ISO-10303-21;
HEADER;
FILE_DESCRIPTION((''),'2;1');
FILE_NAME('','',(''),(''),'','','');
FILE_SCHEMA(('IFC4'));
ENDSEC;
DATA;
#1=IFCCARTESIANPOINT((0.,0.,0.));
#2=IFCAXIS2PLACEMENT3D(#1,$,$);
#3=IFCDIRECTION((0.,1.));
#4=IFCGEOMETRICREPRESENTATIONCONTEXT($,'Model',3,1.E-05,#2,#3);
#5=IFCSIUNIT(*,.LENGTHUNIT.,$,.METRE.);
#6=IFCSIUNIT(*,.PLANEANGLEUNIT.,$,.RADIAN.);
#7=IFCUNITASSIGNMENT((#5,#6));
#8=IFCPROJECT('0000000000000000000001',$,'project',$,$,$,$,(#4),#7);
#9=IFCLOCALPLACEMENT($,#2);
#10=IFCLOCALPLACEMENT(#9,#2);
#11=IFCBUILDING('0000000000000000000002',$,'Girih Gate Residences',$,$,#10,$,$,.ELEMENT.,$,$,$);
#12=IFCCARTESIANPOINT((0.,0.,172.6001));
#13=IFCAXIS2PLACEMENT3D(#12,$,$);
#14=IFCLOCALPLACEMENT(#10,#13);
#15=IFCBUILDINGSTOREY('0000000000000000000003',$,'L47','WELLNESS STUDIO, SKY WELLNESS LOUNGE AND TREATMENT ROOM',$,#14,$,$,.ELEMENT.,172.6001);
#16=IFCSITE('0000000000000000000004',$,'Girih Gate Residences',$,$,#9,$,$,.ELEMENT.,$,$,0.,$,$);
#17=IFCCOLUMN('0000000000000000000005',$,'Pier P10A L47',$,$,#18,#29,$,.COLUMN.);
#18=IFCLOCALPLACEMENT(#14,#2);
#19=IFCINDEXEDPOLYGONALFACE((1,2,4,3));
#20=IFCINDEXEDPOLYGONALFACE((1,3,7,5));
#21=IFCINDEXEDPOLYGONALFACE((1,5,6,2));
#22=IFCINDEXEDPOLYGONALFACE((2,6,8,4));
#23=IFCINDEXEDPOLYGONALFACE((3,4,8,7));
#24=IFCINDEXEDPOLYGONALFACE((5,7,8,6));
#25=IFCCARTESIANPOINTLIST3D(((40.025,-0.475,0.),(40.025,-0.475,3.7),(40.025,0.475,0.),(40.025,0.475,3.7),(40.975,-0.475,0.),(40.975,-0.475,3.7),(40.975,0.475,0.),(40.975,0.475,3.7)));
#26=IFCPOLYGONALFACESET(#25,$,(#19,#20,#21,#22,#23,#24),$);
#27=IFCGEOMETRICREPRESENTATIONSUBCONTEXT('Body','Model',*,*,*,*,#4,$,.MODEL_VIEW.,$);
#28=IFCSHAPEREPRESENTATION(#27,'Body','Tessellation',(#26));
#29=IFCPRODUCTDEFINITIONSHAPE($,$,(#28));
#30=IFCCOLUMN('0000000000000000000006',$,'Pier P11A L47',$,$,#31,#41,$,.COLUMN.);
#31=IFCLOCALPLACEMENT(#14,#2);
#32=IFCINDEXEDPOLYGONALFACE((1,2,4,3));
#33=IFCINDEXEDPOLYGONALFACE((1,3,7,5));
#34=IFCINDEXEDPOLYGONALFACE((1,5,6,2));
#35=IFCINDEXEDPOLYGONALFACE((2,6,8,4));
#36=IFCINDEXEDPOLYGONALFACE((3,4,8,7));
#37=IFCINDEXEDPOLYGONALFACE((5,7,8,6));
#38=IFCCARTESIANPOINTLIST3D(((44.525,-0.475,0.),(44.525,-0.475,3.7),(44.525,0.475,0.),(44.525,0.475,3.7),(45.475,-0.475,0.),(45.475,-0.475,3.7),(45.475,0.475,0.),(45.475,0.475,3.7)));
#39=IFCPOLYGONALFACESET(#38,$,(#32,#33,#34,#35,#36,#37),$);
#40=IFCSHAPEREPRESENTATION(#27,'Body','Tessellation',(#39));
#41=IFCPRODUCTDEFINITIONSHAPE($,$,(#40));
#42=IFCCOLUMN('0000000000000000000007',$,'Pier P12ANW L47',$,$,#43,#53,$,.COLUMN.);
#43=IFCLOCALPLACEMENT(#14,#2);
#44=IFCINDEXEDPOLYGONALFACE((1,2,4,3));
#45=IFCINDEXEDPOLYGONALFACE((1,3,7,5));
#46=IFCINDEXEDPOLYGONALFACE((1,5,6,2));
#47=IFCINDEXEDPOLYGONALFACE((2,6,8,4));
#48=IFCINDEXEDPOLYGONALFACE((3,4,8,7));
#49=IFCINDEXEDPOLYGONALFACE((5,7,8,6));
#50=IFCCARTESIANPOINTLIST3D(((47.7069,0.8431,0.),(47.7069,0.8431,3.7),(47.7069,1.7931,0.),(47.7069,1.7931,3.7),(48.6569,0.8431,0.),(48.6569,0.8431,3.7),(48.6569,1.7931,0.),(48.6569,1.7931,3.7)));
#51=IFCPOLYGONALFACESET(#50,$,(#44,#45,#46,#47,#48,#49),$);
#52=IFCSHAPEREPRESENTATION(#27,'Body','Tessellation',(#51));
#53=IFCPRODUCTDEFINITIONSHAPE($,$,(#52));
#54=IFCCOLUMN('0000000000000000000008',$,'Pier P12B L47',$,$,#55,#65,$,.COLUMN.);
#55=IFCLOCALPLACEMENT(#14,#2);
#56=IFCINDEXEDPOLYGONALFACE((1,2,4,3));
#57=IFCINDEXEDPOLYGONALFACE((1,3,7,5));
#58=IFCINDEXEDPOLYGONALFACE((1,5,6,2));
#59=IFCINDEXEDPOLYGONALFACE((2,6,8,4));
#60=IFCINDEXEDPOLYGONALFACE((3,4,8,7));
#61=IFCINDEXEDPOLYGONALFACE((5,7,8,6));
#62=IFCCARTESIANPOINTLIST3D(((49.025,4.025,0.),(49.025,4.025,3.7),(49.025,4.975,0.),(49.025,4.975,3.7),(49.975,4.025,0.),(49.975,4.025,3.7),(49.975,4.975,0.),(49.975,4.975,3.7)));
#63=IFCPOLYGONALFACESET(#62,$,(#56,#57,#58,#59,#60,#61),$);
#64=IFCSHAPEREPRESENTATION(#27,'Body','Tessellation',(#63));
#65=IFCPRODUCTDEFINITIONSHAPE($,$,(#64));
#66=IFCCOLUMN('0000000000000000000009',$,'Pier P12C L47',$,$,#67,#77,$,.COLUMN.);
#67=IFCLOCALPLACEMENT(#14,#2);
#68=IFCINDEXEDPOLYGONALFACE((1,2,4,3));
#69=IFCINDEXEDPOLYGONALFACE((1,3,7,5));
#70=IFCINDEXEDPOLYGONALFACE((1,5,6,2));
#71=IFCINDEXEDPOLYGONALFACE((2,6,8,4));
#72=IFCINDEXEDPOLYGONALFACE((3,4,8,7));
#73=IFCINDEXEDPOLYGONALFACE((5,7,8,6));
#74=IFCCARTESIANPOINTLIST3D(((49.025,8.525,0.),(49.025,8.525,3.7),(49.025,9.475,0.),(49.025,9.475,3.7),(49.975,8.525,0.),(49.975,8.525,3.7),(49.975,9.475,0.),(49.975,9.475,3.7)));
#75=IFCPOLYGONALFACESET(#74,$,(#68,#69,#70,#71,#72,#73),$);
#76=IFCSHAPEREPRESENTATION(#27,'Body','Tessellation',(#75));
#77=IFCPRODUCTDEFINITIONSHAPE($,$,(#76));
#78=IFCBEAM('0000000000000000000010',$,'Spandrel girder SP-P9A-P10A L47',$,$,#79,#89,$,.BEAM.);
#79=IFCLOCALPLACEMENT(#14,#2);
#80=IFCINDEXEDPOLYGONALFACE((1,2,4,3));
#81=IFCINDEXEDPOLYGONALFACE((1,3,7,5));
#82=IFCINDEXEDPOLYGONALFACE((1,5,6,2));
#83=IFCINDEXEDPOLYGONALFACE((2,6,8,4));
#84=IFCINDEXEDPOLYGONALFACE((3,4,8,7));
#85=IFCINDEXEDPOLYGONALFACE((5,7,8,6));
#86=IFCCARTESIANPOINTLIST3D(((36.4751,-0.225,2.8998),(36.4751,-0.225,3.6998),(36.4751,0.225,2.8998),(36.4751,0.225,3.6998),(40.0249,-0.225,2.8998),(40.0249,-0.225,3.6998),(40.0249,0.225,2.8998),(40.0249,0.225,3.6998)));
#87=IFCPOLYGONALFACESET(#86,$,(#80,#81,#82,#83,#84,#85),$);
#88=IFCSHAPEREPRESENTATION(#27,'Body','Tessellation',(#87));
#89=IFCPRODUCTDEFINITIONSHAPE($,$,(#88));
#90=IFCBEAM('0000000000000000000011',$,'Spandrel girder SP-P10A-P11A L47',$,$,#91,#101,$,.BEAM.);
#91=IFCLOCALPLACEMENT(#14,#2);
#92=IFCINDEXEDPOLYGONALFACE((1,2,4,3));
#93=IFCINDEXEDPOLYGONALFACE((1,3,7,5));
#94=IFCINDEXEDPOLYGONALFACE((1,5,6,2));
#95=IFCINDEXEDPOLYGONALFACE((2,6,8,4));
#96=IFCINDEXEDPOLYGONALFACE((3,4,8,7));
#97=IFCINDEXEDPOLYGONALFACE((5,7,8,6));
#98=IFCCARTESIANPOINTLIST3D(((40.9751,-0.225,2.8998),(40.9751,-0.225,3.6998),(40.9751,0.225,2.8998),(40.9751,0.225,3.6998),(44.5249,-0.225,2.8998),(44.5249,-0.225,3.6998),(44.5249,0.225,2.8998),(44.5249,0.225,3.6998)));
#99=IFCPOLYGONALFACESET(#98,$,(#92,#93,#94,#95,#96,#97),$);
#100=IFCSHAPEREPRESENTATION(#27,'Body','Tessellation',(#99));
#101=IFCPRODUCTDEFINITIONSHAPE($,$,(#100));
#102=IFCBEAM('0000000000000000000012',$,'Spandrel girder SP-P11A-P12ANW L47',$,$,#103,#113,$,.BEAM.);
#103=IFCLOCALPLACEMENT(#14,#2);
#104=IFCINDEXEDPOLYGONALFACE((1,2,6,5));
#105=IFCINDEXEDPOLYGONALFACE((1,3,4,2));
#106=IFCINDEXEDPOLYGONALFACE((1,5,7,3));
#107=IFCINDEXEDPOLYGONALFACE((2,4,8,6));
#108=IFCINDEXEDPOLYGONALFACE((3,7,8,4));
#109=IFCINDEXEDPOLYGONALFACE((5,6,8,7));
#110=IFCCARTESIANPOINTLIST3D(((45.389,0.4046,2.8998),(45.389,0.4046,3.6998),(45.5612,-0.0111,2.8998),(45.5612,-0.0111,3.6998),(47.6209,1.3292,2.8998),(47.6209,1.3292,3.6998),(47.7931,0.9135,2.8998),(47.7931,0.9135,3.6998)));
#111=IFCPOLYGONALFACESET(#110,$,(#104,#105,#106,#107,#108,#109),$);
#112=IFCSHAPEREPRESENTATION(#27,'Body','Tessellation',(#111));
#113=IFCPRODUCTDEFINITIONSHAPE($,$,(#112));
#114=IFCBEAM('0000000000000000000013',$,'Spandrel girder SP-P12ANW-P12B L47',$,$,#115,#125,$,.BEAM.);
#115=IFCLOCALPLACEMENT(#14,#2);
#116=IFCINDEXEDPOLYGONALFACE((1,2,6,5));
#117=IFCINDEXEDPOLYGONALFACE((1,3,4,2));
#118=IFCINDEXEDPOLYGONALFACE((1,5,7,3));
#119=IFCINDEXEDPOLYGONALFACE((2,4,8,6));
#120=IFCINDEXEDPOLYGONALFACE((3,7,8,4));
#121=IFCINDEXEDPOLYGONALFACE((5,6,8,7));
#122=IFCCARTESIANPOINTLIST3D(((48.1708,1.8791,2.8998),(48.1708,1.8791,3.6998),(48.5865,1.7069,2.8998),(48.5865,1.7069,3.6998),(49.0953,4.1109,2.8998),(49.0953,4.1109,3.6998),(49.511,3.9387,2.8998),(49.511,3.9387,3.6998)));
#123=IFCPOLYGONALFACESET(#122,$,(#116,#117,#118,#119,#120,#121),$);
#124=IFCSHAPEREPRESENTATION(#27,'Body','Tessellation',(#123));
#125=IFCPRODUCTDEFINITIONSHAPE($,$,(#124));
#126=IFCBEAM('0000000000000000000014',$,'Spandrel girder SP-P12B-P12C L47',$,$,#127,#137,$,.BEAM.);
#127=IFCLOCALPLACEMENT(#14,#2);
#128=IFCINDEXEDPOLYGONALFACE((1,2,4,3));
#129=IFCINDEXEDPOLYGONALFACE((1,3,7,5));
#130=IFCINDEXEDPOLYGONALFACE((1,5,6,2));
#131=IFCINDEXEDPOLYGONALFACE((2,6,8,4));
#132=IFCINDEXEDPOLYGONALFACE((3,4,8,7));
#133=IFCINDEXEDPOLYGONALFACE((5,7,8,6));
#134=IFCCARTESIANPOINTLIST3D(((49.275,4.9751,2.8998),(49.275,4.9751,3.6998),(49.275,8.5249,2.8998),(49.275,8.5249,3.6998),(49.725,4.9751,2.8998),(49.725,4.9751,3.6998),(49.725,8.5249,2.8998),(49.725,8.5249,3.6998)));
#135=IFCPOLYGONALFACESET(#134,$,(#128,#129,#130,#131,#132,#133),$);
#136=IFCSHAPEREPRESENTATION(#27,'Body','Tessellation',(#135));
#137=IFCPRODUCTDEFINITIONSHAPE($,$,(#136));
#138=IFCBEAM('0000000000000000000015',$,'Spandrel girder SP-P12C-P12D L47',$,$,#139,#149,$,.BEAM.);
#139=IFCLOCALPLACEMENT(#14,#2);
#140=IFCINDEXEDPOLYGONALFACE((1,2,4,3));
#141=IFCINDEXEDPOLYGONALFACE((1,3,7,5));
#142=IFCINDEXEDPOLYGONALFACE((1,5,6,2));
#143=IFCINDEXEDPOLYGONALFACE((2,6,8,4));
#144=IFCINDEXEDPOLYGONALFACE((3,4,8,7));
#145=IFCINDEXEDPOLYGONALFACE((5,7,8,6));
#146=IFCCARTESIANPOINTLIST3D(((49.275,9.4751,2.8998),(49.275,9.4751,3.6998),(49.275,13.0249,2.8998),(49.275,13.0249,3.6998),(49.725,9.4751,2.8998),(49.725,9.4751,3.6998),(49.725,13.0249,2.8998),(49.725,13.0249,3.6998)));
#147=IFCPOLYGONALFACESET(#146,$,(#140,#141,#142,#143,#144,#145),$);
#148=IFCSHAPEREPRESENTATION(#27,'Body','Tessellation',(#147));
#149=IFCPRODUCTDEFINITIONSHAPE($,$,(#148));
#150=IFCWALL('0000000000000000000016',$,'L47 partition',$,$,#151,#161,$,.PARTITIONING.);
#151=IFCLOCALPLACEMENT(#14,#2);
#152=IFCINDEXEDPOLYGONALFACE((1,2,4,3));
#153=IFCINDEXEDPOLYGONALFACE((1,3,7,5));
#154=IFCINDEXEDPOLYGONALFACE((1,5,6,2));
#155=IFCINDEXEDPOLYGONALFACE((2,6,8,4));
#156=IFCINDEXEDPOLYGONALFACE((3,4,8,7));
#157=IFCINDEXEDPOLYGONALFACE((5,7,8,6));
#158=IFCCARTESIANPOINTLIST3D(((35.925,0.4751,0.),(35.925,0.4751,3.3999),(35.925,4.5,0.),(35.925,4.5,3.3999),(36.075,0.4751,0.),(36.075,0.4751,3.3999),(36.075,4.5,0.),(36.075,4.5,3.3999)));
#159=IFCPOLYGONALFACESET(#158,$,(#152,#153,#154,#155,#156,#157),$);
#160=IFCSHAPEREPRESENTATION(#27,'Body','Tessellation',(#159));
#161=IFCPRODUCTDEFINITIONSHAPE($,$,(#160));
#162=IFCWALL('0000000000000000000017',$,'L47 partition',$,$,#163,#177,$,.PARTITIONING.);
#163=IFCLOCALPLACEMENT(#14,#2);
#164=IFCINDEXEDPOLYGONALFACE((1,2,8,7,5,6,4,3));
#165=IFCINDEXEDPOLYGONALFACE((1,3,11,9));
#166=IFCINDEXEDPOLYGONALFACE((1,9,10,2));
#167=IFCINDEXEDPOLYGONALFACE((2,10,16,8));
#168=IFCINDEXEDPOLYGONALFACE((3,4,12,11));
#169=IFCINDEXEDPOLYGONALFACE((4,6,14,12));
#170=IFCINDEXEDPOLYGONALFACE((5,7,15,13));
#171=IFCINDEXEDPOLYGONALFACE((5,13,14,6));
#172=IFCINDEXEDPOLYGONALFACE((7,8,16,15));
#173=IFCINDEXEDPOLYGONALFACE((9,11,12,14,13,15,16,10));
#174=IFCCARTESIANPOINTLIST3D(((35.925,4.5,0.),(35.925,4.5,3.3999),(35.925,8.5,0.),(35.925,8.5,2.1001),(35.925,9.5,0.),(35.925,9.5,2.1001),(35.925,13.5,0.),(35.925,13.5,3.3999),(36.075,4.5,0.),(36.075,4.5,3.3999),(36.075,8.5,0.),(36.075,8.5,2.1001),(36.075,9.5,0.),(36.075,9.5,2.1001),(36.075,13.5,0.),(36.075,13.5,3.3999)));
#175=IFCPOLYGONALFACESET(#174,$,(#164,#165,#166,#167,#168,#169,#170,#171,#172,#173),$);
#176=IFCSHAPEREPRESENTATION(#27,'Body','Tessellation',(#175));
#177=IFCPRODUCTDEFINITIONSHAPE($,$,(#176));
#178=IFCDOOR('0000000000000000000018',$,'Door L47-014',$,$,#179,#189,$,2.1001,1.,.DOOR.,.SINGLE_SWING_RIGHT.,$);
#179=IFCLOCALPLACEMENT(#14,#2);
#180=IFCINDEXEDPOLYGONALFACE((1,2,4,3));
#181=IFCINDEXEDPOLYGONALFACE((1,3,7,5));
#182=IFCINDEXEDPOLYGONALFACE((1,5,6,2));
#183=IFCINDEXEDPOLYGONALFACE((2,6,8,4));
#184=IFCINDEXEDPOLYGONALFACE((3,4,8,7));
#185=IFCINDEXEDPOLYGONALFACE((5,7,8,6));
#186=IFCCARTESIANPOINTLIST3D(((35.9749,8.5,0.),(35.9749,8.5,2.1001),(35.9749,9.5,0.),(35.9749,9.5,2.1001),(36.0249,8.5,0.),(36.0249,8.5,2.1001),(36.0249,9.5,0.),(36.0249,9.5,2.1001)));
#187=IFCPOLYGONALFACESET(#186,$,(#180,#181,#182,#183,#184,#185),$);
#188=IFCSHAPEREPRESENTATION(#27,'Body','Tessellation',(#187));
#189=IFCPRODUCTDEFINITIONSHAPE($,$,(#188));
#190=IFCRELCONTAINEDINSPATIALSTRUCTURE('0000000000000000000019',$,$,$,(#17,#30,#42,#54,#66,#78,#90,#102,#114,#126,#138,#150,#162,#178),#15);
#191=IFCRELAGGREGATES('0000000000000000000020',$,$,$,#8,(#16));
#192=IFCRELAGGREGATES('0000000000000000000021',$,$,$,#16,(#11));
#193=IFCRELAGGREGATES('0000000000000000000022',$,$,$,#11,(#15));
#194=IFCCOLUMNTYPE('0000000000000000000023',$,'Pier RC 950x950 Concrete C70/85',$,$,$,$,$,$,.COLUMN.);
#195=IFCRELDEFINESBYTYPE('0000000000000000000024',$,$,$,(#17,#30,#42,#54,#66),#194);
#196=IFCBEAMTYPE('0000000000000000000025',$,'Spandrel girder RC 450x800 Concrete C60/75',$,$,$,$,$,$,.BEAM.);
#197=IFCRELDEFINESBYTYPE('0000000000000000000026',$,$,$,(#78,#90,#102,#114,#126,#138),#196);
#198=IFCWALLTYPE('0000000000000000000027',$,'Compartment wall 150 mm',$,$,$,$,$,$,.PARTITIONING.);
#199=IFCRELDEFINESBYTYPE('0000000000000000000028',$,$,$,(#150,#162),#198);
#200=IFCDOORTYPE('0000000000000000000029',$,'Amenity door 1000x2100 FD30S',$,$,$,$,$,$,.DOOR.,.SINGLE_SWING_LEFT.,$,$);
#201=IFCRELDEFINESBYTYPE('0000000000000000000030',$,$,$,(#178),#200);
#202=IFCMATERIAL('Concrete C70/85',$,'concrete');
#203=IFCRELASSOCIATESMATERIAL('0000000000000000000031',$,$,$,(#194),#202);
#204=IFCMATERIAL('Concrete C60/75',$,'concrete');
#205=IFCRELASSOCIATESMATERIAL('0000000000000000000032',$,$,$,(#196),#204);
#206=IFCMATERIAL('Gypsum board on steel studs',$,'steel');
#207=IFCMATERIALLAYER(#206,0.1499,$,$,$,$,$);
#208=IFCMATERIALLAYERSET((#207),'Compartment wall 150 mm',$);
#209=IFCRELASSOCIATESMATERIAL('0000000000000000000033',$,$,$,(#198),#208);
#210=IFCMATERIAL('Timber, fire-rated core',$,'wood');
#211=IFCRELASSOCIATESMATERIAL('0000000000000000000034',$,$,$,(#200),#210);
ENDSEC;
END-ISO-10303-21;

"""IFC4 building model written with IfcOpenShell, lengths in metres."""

from ifc_helpers import new_model, si_unit, direction, frame, frame_2d, origin, origin_2d, place, context, subcontext, project, spatial, rectangle, extrude, material, layer, layer_set, material_profile, profile_set, type_object, element, fill, save


model = new_model("IFC4")

# Units and contexts
model_context = context("Model", 3, precision=1e-05, world=origin(), true_north=direction((0.0, 1.0)))
body_context = subcontext(model_context, "Body", "Model", "MODEL_VIEW")
ifc_project = project(units=[si_unit("LENGTHUNIT", "METRE"), si_unit("PLANEANGLEUNIT", "RADIAN")], contexts=[model_context])

# Site, building, storey
site_placement = place(None, origin())
site = spatial("IfcSite", under=ifc_project, at=site_placement, Name="Girih Gate Residences", CompositionType="ELEMENT", RefElevation=0.0)
building_placement = place(site_placement, origin())
building = spatial("IfcBuilding", under=site, at=building_placement, Name="Girih Gate Residences", CompositionType="ELEMENT")
storey_placement = place(building_placement, frame((0.0, 0.0, 172.6001)))
storey = spatial("IfcBuildingStorey", under=building, at=storey_placement, Name="L47", Description="WELLNESS STUDIO, SKY WELLNESS LOUNGE AND TREATMENT ROOM", CompositionType="ELEMENT", Elevation=172.6001)

# Columns
ifc_material_1 = material(Name="Concrete C70/85", Category="concrete")
ifc_material_profile_1 = material_profile(ifc_material_1, rectangle(XDim=0.95, YDim=0.95, at=origin_2d()))
ifc_profile_set_1 = profile_set([ifc_material_profile_1], Name="Concrete C70/85")
column_type = type_object("IfcColumnType", Name="Pier RC 950x950 Concrete C70/85", PredefinedType="COLUMN", material=ifc_profile_set_1)
for number, where, z_axis, x_axis, name in (
    (1, (40.5, 0.0, 0.0), (0.0, 0.0, 1.0), (1.0, 0.0, 0.0), "Pier P10A L47"),
    (2, (45.0, 0.0, 0.0), (0.0, 0.0, 1.0), (1.0, 0.0, 0.0), "Pier P11A L47"),
    (3, (48.1819, 1.3181, 0.0), (0.0, 0.0, 1.0), (1.0, 0.0, 0.0), "Pier P12ANW L47"),
    (4, (49.5, 4.5, 0.0), (0.0, 0.0, 1.0), (1.0, 0.0, 0.0), "Pier P12B L47"),
    (5, (49.5, 9.0, 0.0), (0.0, 0.0, 1.0), (1.0, 0.0, 0.0), "Pier P12C L47"),
):
    element("IfcColumn", number, at=place(storey_placement, frame(where, z_axis=z_axis, x_axis=x_axis)), inside=storey, type_object=column_type, Name=name, PredefinedType="COLUMN", context=body_context, shape_type="SweptSolid", body=[
        extrude(rectangle(XDim=0.95, YDim=0.95, at=origin_2d()), origin(), (0.0, 0.0, 1.0), 3.7),
    ])

# Beams
ifc_material_2 = material(Name="Concrete C60/75", Category="concrete")
ifc_material_profile_2 = material_profile(ifc_material_2, rectangle(XDim=0.45, YDim=0.8, at=origin_2d()))
ifc_profile_set_2 = profile_set([ifc_material_profile_2], Name="Concrete C60/75")
beam_type = type_object("IfcBeamType", Name="Spandrel girder RC 450x800 Concrete C60/75", PredefinedType="BEAM", material=ifc_profile_set_2)
for number, where, z_axis, x_axis, name in (
    (6, (36.4751, 0.0, 3.2998), (1.0, 0.0, 0.0), (0.0, 1.0, 0.0), "Spandrel girder SP-P9A-P10A L47"),
    (7, (40.9751, 0.0, 3.2998), (1.0, 0.0, 0.0), (0.0, 1.0, 0.0), "Spandrel girder SP-P10A-P11A L47"),
):
    element("IfcBeam", number, at=place(storey_placement, frame(where, z_axis=z_axis, x_axis=x_axis)), inside=storey, type_object=beam_type, Name=name, PredefinedType="BEAM", context=body_context, shape_type="SweptSolid", body=[
        extrude(rectangle(XDim=0.45, YDim=0.8, at=origin_2d()), origin(), (0.0, 0.0, 1.0), 3.5498),
    ])
for number, where, z_axis, x_axis, name in (
    (8, (45.4751, 0.1968, 3.2998), (0.92387, 0.382706, 0.0), (-0.382706, 0.92387, 0.0), "Spandrel girder SP-P11A-P12ANW L47"),
    (9, (48.3787, 1.793, 3.2998), (0.382706, 0.92387, 0.0), (-0.92387, 0.382706, 0.0), "Spandrel girder SP-P12ANW-P12B L47"),
):
    element("IfcBeam", number, at=place(storey_placement, frame(where, z_axis=z_axis, x_axis=x_axis)), inside=storey, type_object=beam_type, Name=name, PredefinedType="BEAM", context=body_context, shape_type="SweptSolid", body=[
        extrude(rectangle(XDim=0.45, YDim=0.8, at=origin_2d()), origin(), (0.0, 0.0, 1.0), 2.4158),
    ])
for number, where, z_axis, x_axis, name in (
    (10, (49.5, 4.9751, 3.2998), (0.0, 1.0, 0.0), (-1.0, 0.0, 0.0), "Spandrel girder SP-P12B-P12C L47"),
    (11, (49.5, 9.4751, 3.2998), (0.0, 1.0, 0.0), (-1.0, 0.0, 0.0), "Spandrel girder SP-P12C-P12D L47"),
):
    element("IfcBeam", number, at=place(storey_placement, frame(where, z_axis=z_axis, x_axis=x_axis)), inside=storey, type_object=beam_type, Name=name, PredefinedType="BEAM", context=body_context, shape_type="SweptSolid", body=[
        extrude(rectangle(XDim=0.45, YDim=0.8, at=origin_2d()), origin(), (0.0, 0.0, 1.0), 3.5498),
    ])

# Wall
ifc_material_3 = material(Name="Gypsum board on steel studs", Category="steel")
ifc_layer_1 = layer(ifc_material_3, 0.1499)
ifc_layer_set_1 = layer_set([ifc_layer_1], Name="Compartment wall 150 mm")
wall_type_1 = type_object("IfcWallType", Name="Compartment wall 150 mm", PredefinedType="PARTITIONING", material=ifc_layer_set_1)
wall_1_placement = place(storey_placement, frame((36.0, 0.4751, 0.0), z_axis=(0.0, 0.0, 1.0), x_axis=(0.0, 1.0, 0.0)))
element("IfcWall", 12, at=wall_1_placement, inside=storey, type_object=wall_type_1, Name="L47 partition", PredefinedType="PARTITIONING", context=body_context, shape_type="SweptSolid", body=[
    extrude(rectangle(XDim=4.0249, YDim=0.1499, at=frame_2d((2.0125, 0.0))), origin(), (0.0, 0.0, 1.0), 3.3999),
])

# Wall, opening, door
wall_2_placement = place(storey_placement, frame((36.0, 13.5, 0.0), z_axis=(0.0, 0.0, 1.0), x_axis=(0.0, -1.0, 0.0)))
wall_2 = element("IfcWall", 13, at=wall_2_placement, inside=storey, type_object=wall_type_1, Name="L47 partition", PredefinedType="PARTITIONING", context=body_context, shape_type="SweptSolid", body=[
    extrude(rectangle(XDim=9.0, YDim=0.1499, at=frame_2d((4.5, 0.0))), origin(), (0.0, 0.0, 1.0), 3.3999),
])
opening_1_placement = place(wall_2_placement, frame((4.0, 0.0, 0.0)))
opening_1 = element("IfcOpeningElement", 14, at=opening_1_placement, cuts=wall_2, PredefinedType="OPENING", context=body_context, shape_type="SweptSolid", body=[
    extrude(rectangle(XDim=1.0, YDim=2.1001, at=frame_2d((0.5, 1.05))), frame((0.0, 0.085, 0.0), z_axis=(0.0, -1.0, 0.0), x_axis=(1.0, 0.0, 0.0)), (0.0, 0.0, 1.0), 0.1699),
])
ifc_material_4 = material(Name="Timber, fire-rated core", Category="wood")
door_type = type_object("IfcDoorType", Name="Amenity door 1000x2100 FD30S", OperationType="SINGLE_SWING_LEFT", PredefinedType="DOOR", material=ifc_material_4)
door_placement = place(opening_1_placement, origin())
door = element("IfcDoor", 15, at=door_placement, inside=storey, type_object=door_type, Name="Door L47-014", OperationType="SINGLE_SWING_RIGHT", OverallHeight=2.1001, OverallWidth=1.0, PredefinedType="DOOR", context=body_context, shape_type="SweptSolid", body=[
    extrude(rectangle(XDim=1.0, YDim=2.1001, at=frame_2d((0.5, 1.05))), frame((0.0, 0.0249, 0.0), z_axis=(0.0, -1.0, 0.0), x_axis=(1.0, 0.0, 0.0)), (0.0, 0.0, 1.0), 0.05),
])
fill(opening_1, door)

save(model, "model.ifc")
